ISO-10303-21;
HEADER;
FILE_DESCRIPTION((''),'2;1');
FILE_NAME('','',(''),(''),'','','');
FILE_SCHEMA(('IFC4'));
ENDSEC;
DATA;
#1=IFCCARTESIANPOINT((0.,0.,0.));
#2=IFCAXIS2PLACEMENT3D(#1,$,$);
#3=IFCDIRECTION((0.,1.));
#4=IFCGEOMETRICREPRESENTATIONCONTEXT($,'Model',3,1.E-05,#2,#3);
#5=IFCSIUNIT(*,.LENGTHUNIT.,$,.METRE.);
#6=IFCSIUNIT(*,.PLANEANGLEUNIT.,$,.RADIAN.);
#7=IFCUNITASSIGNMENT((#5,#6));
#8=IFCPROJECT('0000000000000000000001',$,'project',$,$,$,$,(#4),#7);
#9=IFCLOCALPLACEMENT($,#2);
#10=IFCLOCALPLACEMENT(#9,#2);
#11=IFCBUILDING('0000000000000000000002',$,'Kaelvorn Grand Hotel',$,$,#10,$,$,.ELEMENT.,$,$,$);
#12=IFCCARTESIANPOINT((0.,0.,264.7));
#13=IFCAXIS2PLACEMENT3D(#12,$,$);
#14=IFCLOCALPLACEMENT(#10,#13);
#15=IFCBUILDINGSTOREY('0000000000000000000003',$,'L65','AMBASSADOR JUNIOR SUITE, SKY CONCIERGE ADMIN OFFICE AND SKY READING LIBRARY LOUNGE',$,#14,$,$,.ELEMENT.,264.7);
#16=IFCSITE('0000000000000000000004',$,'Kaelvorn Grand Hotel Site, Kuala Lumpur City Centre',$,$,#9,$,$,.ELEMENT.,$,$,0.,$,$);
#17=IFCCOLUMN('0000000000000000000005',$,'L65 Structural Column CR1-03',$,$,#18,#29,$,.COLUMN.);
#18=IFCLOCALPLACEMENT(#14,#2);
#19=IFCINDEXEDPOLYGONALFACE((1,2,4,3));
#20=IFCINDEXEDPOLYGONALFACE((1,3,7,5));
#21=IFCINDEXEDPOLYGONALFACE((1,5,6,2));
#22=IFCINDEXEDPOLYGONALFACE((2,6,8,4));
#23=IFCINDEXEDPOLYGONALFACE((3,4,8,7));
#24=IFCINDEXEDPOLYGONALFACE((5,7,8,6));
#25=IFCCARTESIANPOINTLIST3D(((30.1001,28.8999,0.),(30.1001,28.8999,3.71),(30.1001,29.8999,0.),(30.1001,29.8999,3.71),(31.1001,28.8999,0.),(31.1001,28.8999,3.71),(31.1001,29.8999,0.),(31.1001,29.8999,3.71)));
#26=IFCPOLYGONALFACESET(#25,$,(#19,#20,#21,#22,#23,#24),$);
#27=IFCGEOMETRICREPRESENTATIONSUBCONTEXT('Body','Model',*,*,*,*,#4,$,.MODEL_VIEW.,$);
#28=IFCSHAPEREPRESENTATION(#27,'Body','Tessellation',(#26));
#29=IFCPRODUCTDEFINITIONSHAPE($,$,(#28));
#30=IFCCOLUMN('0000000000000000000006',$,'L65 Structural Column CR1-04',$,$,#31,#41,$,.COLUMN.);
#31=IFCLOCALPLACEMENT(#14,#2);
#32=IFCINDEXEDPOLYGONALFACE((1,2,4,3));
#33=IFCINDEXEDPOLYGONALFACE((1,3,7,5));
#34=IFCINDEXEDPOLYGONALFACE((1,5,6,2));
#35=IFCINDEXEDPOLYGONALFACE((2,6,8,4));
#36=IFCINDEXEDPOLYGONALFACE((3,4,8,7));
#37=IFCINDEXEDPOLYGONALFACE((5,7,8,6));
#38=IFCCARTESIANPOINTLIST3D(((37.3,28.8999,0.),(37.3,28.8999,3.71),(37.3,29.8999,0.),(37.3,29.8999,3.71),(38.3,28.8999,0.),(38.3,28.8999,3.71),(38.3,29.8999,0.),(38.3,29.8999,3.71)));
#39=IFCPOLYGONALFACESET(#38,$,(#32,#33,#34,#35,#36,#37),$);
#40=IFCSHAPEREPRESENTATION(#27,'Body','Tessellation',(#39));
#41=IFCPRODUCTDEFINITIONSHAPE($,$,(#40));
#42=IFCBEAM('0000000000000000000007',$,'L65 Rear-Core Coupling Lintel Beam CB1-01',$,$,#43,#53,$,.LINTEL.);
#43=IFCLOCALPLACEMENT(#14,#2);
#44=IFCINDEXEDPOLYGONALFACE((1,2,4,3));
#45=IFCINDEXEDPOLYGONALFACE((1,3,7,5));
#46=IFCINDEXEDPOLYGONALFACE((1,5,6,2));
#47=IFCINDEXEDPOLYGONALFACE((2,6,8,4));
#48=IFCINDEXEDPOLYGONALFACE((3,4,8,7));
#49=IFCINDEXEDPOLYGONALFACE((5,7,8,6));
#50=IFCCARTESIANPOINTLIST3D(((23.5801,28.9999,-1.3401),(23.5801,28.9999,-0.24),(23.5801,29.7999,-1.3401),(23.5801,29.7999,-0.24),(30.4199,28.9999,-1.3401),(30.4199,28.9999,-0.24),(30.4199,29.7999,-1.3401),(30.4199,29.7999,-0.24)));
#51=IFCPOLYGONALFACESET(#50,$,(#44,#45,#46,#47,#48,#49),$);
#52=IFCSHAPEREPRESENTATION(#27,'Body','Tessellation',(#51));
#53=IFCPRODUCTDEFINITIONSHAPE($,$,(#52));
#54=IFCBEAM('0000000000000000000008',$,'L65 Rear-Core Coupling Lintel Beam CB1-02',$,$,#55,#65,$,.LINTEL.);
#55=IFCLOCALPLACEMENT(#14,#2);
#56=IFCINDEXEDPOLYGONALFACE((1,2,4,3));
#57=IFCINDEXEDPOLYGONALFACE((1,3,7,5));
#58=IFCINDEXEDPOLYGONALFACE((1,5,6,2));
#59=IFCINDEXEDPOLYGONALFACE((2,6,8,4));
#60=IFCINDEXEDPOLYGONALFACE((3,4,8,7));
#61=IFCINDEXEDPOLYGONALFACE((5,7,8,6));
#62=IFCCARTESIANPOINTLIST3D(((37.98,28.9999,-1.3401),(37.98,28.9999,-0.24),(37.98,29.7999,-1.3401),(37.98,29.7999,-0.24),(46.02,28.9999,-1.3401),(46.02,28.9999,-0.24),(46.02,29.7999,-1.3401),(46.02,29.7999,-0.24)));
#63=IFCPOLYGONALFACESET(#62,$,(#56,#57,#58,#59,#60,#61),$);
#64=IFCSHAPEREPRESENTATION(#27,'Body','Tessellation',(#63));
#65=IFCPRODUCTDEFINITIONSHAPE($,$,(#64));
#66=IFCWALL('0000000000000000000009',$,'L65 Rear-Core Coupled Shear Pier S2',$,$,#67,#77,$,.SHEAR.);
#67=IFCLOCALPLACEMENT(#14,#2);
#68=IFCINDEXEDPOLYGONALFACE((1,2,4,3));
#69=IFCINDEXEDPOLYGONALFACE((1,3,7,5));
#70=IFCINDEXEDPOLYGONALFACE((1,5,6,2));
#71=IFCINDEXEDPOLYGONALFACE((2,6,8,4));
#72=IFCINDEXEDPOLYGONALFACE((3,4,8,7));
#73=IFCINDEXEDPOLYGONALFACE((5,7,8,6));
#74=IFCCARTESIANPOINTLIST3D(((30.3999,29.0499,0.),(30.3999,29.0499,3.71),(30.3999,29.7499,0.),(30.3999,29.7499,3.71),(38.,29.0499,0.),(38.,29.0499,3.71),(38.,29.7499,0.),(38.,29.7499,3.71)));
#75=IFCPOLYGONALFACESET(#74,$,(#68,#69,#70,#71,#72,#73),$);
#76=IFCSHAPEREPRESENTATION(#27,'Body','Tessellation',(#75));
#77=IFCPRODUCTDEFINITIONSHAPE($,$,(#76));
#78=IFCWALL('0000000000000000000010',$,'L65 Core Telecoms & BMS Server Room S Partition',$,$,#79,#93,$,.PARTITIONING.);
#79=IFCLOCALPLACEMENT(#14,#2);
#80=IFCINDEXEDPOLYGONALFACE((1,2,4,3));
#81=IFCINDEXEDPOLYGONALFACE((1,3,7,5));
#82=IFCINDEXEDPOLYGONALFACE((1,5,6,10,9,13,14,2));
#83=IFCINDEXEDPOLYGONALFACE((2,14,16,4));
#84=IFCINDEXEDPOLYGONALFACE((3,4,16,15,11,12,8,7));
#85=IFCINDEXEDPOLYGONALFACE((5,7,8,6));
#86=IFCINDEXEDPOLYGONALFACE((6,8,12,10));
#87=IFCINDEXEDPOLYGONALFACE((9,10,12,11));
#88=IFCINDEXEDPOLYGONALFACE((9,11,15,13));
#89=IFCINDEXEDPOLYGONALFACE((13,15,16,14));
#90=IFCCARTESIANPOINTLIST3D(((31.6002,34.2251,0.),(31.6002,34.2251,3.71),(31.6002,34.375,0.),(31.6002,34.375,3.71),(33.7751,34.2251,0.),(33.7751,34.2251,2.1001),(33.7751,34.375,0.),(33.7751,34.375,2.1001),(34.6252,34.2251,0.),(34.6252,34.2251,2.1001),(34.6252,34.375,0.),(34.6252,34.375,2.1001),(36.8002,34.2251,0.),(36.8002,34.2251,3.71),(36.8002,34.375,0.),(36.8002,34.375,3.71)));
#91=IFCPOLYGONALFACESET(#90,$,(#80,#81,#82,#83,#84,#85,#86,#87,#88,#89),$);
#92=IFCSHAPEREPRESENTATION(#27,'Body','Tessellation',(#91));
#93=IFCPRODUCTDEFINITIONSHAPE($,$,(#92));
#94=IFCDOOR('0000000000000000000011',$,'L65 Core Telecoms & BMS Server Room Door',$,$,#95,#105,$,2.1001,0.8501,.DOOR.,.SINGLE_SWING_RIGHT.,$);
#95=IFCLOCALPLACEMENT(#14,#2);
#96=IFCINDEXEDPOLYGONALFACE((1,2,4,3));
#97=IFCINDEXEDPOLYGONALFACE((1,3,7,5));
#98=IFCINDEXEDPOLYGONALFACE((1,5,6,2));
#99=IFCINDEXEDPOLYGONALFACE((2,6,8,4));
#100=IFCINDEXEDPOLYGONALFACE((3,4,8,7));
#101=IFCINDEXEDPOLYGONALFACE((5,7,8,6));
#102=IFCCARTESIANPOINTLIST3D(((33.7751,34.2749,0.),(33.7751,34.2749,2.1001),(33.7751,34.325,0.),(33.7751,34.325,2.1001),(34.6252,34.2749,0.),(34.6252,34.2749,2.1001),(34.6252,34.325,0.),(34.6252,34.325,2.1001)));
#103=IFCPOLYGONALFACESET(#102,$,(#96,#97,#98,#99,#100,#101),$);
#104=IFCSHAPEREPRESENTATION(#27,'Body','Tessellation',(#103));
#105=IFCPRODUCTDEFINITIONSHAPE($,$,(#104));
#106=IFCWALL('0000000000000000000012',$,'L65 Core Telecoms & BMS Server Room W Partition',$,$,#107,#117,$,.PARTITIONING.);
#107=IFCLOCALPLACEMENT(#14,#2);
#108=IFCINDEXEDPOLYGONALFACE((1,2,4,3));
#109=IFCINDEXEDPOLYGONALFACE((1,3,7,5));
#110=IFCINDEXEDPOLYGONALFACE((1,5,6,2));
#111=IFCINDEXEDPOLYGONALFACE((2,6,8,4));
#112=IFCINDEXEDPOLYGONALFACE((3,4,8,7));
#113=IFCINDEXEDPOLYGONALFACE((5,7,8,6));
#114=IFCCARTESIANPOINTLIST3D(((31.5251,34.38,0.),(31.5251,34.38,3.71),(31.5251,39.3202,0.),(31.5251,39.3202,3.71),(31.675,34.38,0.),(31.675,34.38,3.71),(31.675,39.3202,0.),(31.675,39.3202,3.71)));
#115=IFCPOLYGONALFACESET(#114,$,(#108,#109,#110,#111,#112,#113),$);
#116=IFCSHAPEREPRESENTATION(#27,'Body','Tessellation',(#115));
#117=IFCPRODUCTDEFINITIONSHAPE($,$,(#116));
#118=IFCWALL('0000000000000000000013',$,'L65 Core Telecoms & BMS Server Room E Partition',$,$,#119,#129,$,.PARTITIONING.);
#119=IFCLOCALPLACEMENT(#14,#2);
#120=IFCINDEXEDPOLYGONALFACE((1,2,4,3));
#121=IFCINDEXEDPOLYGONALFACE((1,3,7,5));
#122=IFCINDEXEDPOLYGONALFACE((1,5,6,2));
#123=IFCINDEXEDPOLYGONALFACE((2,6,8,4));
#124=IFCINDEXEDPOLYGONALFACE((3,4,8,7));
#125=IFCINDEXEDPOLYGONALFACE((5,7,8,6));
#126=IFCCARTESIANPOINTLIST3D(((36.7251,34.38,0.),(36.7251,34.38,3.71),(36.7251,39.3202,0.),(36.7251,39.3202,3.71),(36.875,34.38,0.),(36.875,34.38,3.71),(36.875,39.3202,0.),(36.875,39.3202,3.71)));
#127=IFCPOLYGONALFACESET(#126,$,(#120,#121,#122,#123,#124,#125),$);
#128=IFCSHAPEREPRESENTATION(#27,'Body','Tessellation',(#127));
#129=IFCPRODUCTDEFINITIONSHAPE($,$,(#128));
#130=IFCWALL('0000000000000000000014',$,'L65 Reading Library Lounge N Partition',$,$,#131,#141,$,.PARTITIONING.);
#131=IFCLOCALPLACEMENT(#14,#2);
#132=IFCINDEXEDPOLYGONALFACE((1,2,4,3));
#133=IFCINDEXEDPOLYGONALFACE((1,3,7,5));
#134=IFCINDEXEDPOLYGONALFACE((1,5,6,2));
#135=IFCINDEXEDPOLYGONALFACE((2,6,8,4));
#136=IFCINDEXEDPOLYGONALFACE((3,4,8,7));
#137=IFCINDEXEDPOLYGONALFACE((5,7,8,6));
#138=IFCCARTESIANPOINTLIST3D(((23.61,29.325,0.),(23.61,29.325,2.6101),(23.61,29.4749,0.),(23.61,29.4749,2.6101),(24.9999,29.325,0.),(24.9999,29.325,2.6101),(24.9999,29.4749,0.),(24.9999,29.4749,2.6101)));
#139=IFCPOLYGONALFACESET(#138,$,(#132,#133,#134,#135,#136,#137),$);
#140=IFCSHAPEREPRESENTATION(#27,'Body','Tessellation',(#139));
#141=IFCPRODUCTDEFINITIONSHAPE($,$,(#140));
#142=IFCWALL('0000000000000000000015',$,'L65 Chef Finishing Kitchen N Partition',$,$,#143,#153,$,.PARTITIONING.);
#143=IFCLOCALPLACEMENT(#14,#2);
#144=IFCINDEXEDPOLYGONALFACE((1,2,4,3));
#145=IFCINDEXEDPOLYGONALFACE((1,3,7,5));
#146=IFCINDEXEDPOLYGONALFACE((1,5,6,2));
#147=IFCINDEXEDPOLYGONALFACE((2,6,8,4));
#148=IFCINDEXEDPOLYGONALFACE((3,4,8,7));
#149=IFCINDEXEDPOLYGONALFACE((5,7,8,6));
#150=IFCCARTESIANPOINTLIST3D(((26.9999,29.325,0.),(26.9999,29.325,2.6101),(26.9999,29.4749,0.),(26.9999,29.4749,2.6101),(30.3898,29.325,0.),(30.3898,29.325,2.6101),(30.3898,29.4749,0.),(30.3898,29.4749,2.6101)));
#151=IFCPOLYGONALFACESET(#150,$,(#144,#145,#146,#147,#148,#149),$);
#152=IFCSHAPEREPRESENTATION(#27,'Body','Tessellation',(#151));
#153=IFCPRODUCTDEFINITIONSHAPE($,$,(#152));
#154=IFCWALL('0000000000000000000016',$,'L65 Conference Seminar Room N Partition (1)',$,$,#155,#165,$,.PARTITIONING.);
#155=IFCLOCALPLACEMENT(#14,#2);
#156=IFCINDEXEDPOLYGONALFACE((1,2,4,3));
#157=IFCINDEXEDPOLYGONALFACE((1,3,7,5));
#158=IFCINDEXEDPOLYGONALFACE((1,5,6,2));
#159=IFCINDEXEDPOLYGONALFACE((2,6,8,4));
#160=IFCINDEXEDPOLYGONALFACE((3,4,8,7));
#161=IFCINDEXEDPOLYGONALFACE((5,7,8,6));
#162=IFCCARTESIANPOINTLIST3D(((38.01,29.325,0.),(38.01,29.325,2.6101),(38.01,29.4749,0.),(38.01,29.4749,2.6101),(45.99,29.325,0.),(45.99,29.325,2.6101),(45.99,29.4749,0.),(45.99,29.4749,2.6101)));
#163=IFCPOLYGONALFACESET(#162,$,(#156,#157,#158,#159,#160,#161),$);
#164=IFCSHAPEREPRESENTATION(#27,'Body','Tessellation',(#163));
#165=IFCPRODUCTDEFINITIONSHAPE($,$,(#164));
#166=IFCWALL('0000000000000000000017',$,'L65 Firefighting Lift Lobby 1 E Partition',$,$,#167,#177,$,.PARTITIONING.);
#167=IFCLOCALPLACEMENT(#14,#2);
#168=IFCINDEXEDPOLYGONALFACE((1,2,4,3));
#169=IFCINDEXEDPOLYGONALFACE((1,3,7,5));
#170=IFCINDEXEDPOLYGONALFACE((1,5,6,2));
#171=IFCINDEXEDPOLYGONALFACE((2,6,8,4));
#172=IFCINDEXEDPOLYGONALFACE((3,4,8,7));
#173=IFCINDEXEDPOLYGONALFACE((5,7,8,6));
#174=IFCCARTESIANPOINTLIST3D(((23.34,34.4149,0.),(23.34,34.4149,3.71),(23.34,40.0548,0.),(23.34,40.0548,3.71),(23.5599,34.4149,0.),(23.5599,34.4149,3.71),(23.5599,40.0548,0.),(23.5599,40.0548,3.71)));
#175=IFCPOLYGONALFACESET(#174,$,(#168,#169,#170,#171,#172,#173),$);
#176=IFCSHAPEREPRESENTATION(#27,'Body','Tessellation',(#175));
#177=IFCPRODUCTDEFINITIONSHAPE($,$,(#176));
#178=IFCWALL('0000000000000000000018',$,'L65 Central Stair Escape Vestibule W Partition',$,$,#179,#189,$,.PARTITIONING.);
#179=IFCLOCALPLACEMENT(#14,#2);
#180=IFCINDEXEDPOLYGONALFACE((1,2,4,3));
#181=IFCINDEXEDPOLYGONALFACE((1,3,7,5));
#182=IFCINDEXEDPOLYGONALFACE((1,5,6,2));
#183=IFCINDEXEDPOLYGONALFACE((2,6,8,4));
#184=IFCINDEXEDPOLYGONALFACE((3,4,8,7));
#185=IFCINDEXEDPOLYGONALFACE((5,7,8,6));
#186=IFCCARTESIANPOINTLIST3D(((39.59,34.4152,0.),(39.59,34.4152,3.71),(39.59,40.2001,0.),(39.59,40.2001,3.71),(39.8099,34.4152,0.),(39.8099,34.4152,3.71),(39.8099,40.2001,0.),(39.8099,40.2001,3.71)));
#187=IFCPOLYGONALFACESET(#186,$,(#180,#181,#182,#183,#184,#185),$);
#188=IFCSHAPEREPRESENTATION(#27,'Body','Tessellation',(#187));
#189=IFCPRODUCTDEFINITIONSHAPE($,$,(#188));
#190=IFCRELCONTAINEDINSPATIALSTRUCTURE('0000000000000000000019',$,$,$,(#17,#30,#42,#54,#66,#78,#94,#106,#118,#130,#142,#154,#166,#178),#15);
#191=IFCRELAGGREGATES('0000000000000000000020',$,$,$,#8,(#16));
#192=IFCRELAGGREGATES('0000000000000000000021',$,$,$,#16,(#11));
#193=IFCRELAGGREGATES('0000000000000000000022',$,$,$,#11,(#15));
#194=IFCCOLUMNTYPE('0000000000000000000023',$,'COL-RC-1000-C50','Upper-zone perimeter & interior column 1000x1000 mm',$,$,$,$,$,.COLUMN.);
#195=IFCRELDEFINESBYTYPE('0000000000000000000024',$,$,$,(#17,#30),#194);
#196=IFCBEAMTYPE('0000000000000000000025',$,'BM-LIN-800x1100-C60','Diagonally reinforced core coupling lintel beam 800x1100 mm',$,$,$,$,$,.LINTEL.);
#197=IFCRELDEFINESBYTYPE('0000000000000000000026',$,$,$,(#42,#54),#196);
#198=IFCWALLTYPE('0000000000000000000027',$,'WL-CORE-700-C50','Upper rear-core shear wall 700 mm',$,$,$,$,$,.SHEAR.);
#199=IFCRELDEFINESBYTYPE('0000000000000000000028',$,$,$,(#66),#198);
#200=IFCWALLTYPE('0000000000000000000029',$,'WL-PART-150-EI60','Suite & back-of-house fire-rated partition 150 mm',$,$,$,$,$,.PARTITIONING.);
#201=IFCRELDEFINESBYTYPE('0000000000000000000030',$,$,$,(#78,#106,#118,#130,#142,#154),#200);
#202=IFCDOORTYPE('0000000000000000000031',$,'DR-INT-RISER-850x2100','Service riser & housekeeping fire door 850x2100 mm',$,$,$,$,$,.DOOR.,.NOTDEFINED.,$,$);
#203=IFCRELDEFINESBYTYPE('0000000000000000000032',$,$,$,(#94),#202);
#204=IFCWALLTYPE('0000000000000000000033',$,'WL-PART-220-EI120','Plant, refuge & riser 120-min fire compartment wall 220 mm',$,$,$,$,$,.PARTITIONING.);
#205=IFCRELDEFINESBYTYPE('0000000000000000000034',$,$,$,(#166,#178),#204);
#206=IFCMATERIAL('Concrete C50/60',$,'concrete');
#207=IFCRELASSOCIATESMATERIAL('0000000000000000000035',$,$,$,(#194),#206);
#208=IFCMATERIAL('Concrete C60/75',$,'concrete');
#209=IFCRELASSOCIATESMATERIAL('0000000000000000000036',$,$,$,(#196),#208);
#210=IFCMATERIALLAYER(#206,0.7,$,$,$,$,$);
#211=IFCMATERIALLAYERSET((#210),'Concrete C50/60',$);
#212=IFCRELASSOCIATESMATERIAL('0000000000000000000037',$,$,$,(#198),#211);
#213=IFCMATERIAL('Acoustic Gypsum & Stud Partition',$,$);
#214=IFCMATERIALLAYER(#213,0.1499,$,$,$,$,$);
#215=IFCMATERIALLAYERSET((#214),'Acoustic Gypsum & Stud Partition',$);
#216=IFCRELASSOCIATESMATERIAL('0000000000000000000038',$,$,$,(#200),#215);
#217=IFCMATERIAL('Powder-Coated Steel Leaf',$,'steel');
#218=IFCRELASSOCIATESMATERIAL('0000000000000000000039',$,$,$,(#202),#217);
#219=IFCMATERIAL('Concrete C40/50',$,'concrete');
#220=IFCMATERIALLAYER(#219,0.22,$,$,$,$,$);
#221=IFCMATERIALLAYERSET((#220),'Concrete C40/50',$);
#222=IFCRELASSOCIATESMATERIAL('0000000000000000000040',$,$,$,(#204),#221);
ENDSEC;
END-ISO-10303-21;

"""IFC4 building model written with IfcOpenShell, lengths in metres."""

from ifc_helpers import new_model, si_unit, direction, frame, frame_2d, origin, origin_2d, place, context, subcontext, project, spatial, rectangle, extrude, material, layer, layer_set, material_profile, profile_set, type_object, element, fill, save


model = new_model("IFC4")

# Units and contexts
model_context = context("Model", 3, precision=1e-05, world=origin(), true_north=direction((0.0, 1.0)))
body_context = subcontext(model_context, "Body", "Model", "MODEL_VIEW")
ifc_project = project(units=[si_unit("LENGTHUNIT", "METRE"), si_unit("PLANEANGLEUNIT", "RADIAN")], contexts=[model_context])

# Site, building, storey
site_placement = place(None, origin())
site = spatial("IfcSite", under=ifc_project, at=site_placement, Name="Kaelvorn Grand Hotel Site, Kuala Lumpur City Centre", CompositionType="ELEMENT", RefElevation=0.0)
building_placement = place(site_placement, origin())
building = spatial("IfcBuilding", under=site, at=building_placement, Name="Kaelvorn Grand Hotel", CompositionType="ELEMENT")
storey_placement = place(building_placement, frame((0.0, 0.0, 264.7)))
storey = spatial("IfcBuildingStorey", under=building, at=storey_placement, Name="L65", Description="AMBASSADOR JUNIOR SUITE, SKY CONCIERGE ADMIN OFFICE AND SKY READING LIBRARY LOUNGE", CompositionType="ELEMENT", Elevation=264.7)

# Columns
ifc_material_1 = material(Name="Concrete C50/60", Category="concrete")
ifc_material_profile_1 = material_profile(ifc_material_1, rectangle(XDim=1.0, YDim=1.0, at=origin_2d()), Name="RC COL 1000x1000")
ifc_profile_set_1 = profile_set([ifc_material_profile_1], Name="Concrete C50/60")
column_type = type_object("IfcColumnType", Name="COL-RC-1000-C50", Description="Upper-zone perimeter & interior column 1000x1000 mm", PredefinedType="COLUMN", material=ifc_profile_set_1)
for number, where, z_axis, x_axis, name in (
    (1, (30.6001, 29.3999, 0.0), (0.0, 0.0, 1.0), (1.0, 0.0, 0.0), "L65 Structural Column CR1-03"),
    (2, (37.8, 29.3999, 0.0), (0.0, 0.0, 1.0), (1.0, 0.0, 0.0), "L65 Structural Column CR1-04"),
):
    element("IfcColumn", number, at=place(storey_placement, frame(where, z_axis=z_axis, x_axis=x_axis)), inside=storey, type_object=column_type, Name=name, PredefinedType="COLUMN", context=body_context, shape_type="SweptSolid", body=[
        extrude(rectangle(XDim=1.0, YDim=1.0, at=origin_2d()), origin(), (0.0, 0.0, 1.0), 3.71),
    ])

# Beams
ifc_material_2 = material(Name="Concrete C60/75", Category="concrete")
ifc_material_profile_2 = material_profile(ifc_material_2, rectangle(XDim=0.8, YDim=1.1001, at=origin_2d()), Name="RC LINTEL 800x1100")
ifc_profile_set_2 = profile_set([ifc_material_profile_2], Name="Concrete C60/75")
beam_type = type_object("IfcBeamType", Name="BM-LIN-800x1100-C60", Description="Diagonally reinforced core coupling lintel beam 800x1100 mm", PredefinedType="LINTEL", material=ifc_profile_set_2)
beam_1_placement = place(storey_placement, frame((23.5801, 29.3999, -0.79), z_axis=(1.0, 0.0, 0.0), x_axis=(0.0, 1.0, 0.0)))
element("IfcBeam", 3, at=beam_1_placement, inside=storey, type_object=beam_type, Name="L65 Rear-Core Coupling Lintel Beam CB1-01", PredefinedType="LINTEL", context=body_context, shape_type="SweptSolid", body=[
    extrude(rectangle(XDim=0.8, YDim=1.1001, at=origin_2d()), origin(), (0.0, 0.0, 1.0), 6.8398),
])
beam_2_placement = place(storey_placement, frame((37.98, 29.3999, -0.79), z_axis=(1.0, 0.0, 0.0), x_axis=(0.0, 1.0, 0.0)))
element("IfcBeam", 4, at=beam_2_placement, inside=storey, type_object=beam_type, Name="L65 Rear-Core Coupling Lintel Beam CB1-02", PredefinedType="LINTEL", context=body_context, shape_type="SweptSolid", body=[
    extrude(rectangle(XDim=0.8, YDim=1.1001, at=origin_2d()), origin(), (0.0, 0.0, 1.0), 8.04),
])

# Wall
ifc_layer_1 = layer(ifc_material_1, 0.7)
ifc_layer_set_1 = layer_set([ifc_layer_1], Name="Concrete C50/60")
wall_type_1 = type_object("IfcWallType", Name="WL-CORE-700-C50", Description="Upper rear-core shear wall 700 mm", PredefinedType="SHEAR", material=ifc_layer_set_1)
wall_1_placement = place(storey_placement, frame((30.3999, 29.3999, 0.0), z_axis=(0.0, 0.0, 1.0), x_axis=(1.0, 0.0, 0.0)))
element("IfcWall", 5, at=wall_1_placement, inside=storey, type_object=wall_type_1, Name="L65 Rear-Core Coupled Shear Pier S2", PredefinedType="SHEAR", context=body_context, shape_type="SweptSolid", body=[
    extrude(rectangle(XDim=7.6001, YDim=0.7, at=frame_2d((3.8, 0.0))), origin(), (0.0, 0.0, 1.0), 3.71),
])

# Wall, opening, door
ifc_material_3 = material(Name="Acoustic Gypsum & Stud Partition")
ifc_layer_2 = layer(ifc_material_3, 0.1499)
ifc_layer_set_2 = layer_set([ifc_layer_2], Name="Acoustic Gypsum & Stud Partition")
wall_type_2 = type_object("IfcWallType", Name="WL-PART-150-EI60", Description="Suite & back-of-house fire-rated partition 150 mm", PredefinedType="PARTITIONING", material=ifc_layer_set_2)
wall_2_placement = place(storey_placement, frame((31.6001, 34.3, 0.0), z_axis=(0.0, 0.0, 1.0), x_axis=(1.0, 0.0, 0.0)))
wall_2 = element("IfcWall", 6, at=wall_2_placement, inside=storey, type_object=wall_type_2, Name="L65 Core Telecoms & BMS Server Room S Partition", PredefinedType="PARTITIONING", context=body_context, shape_type="SweptSolid", body=[
    extrude(rectangle(XDim=5.2, YDim=0.1499, at=frame_2d((2.6001, 0.0))), origin(), (0.0, 0.0, 1.0), 3.71),
])
opening_1_placement = place(wall_2_placement, frame((2.175, 0.0, 0.0)))
opening_1 = element("IfcOpeningElement", 7, at=opening_1_placement, cuts=wall_2, PredefinedType="OPENING", context=body_context, shape_type="SweptSolid", body=[
    extrude(rectangle(XDim=0.8501, YDim=2.1001, at=frame_2d((0.425, 1.05))), frame((0.0, 0.085, 0.0), z_axis=(0.0, -1.0, 0.0), x_axis=(1.0, 0.0, 0.0)), (0.0, 0.0, 1.0), 0.1699),
])
ifc_material_4 = material(Name="Powder-Coated Steel Leaf", Category="steel")
door_type_1 = type_object("IfcDoorType", Name="DR-INT-RISER-850x2100", Description="Service riser & housekeeping fire door 850x2100 mm", OperationType="NOTDEFINED", PredefinedType="DOOR", material=ifc_material_4)
door_1_placement = place(opening_1_placement, origin())
door_1 = element("IfcDoor", 8, at=door_1_placement, inside=storey, type_object=door_type_1, Name="L65 Core Telecoms & BMS Server Room Door", OperationType="SINGLE_SWING_RIGHT", OverallHeight=2.1001, OverallWidth=0.8501, PredefinedType="DOOR", context=body_context, shape_type="SweptSolid", body=[
    extrude(rectangle(XDim=0.8501, YDim=2.1001, at=frame_2d((0.425, 1.05))), frame((0.0, 0.0249, 0.0), z_axis=(0.0, -1.0, 0.0), x_axis=(1.0, 0.0, 0.0)), (0.0, 0.0, 1.0), 0.05),
])
fill(opening_1, door_1)

# Walls
for number, where, z_axis, x_axis, name in (
    (9, (31.6001, 34.3799, 0.0), (0.0, 0.0, 1.0), (0.0, 1.0, 0.0), "L65 Core Telecoms & BMS Server Room W Partition"),
    (10, (36.8, 34.3799, 0.0), (0.0, 0.0, 1.0), (0.0, 1.0, 0.0), "L65 Core Telecoms & BMS Server Room E Partition"),
):
    element("IfcWall", number, at=place(storey_placement, frame(where, z_axis=z_axis, x_axis=x_axis)), inside=storey, type_object=wall_type_2, Name=name, PredefinedType="PARTITIONING", context=body_context, shape_type="SweptSolid", body=[
        extrude(rectangle(XDim=4.9402, YDim=0.1499, at=frame_2d((2.4702, 0.0))), origin(), (0.0, 0.0, 1.0), 3.71),
    ])
wall_3_placement = place(storey_placement, frame((23.6101, 29.3999, 0.0), z_axis=(0.0, 0.0, 1.0), x_axis=(1.0, 0.0, 0.0)))
element("IfcWall", 11, at=wall_3_placement, inside=storey, type_object=wall_type_2, Name="L65 Reading Library Lounge N Partition", PredefinedType="PARTITIONING", context=body_context, shape_type="SweptSolid", body=[
    extrude(rectangle(XDim=1.3899, YDim=0.1499, at=frame_2d((0.6948, 0.0))), origin(), (0.0, 0.0, 1.0), 2.6101),
])
wall_4_placement = place(storey_placement, frame((27.0, 29.3999, 0.0), z_axis=(0.0, 0.0, 1.0), x_axis=(1.0, 0.0, 0.0)))
element("IfcWall", 12, at=wall_4_placement, inside=storey, type_object=wall_type_2, Name="L65 Chef Finishing Kitchen N Partition", PredefinedType="PARTITIONING", context=body_context, shape_type="SweptSolid", body=[
    extrude(rectangle(XDim=3.3899, YDim=0.1499, at=frame_2d((1.6948, 0.0))), origin(), (0.0, 0.0, 1.0), 2.6101),
])
wall_5_placement = place(storey_placement, frame((38.01, 29.3999, 0.0), z_axis=(0.0, 0.0, 1.0), x_axis=(1.0, 0.0, 0.0)))
element("IfcWall", 13, at=wall_5_placement, inside=storey, type_object=wall_type_2, Name="L65 Conference Seminar Room N Partition (1)", PredefinedType="PARTITIONING", context=body_context, shape_type="SweptSolid", body=[
    extrude(rectangle(XDim=7.98, YDim=0.1499, at=frame_2d((3.99, 0.0))), origin(), (0.0, 0.0, 1.0), 2.6101),
])
ifc_material_5 = material(Name="Concrete C40/50", Category="concrete")
ifc_layer_3 = layer(ifc_material_5, 0.22)
ifc_layer_set_3 = layer_set([ifc_layer_3], Name="Concrete C40/50")
wall_type_3 = type_object("IfcWallType", Name="WL-PART-220-EI120", Description="Plant, refuge & riser 120-min fire compartment wall 220 mm", PredefinedType="PARTITIONING", material=ifc_layer_set_3)
wall_6_placement = place(storey_placement, frame((23.45, 34.415, 0.0), z_axis=(0.0, 0.0, 1.0), x_axis=(0.0, 1.0, 0.0)))
element("IfcWall", 14, at=wall_6_placement, inside=storey, type_object=wall_type_3, Name="L65 Firefighting Lift Lobby 1 E Partition", PredefinedType="PARTITIONING", context=body_context, shape_type="SweptSolid", body=[
    extrude(rectangle(XDim=5.6399, YDim=0.22, at=frame_2d((2.8198, 0.0))), origin(), (0.0, 0.0, 1.0), 3.71),
])

# Wall
wall_7_placement = place(storey_placement, frame((39.7, 34.415, 0.0), z_axis=(0.0, 0.0, 1.0), x_axis=(0.0, 1.0, 0.0)))
element("IfcWall", 15, at=wall_7_placement, inside=storey, type_object=wall_type_3, Name="L65 Central Stair Escape Vestibule W Partition", PredefinedType="PARTITIONING", context=body_context, shape_type="SweptSolid", body=[
    extrude(rectangle(XDim=5.7849, YDim=0.22, at=frame_2d((2.8926, 0.0))), origin(), (0.0, 0.0, 1.0), 3.71),
])

save(model, "model.ifc")
